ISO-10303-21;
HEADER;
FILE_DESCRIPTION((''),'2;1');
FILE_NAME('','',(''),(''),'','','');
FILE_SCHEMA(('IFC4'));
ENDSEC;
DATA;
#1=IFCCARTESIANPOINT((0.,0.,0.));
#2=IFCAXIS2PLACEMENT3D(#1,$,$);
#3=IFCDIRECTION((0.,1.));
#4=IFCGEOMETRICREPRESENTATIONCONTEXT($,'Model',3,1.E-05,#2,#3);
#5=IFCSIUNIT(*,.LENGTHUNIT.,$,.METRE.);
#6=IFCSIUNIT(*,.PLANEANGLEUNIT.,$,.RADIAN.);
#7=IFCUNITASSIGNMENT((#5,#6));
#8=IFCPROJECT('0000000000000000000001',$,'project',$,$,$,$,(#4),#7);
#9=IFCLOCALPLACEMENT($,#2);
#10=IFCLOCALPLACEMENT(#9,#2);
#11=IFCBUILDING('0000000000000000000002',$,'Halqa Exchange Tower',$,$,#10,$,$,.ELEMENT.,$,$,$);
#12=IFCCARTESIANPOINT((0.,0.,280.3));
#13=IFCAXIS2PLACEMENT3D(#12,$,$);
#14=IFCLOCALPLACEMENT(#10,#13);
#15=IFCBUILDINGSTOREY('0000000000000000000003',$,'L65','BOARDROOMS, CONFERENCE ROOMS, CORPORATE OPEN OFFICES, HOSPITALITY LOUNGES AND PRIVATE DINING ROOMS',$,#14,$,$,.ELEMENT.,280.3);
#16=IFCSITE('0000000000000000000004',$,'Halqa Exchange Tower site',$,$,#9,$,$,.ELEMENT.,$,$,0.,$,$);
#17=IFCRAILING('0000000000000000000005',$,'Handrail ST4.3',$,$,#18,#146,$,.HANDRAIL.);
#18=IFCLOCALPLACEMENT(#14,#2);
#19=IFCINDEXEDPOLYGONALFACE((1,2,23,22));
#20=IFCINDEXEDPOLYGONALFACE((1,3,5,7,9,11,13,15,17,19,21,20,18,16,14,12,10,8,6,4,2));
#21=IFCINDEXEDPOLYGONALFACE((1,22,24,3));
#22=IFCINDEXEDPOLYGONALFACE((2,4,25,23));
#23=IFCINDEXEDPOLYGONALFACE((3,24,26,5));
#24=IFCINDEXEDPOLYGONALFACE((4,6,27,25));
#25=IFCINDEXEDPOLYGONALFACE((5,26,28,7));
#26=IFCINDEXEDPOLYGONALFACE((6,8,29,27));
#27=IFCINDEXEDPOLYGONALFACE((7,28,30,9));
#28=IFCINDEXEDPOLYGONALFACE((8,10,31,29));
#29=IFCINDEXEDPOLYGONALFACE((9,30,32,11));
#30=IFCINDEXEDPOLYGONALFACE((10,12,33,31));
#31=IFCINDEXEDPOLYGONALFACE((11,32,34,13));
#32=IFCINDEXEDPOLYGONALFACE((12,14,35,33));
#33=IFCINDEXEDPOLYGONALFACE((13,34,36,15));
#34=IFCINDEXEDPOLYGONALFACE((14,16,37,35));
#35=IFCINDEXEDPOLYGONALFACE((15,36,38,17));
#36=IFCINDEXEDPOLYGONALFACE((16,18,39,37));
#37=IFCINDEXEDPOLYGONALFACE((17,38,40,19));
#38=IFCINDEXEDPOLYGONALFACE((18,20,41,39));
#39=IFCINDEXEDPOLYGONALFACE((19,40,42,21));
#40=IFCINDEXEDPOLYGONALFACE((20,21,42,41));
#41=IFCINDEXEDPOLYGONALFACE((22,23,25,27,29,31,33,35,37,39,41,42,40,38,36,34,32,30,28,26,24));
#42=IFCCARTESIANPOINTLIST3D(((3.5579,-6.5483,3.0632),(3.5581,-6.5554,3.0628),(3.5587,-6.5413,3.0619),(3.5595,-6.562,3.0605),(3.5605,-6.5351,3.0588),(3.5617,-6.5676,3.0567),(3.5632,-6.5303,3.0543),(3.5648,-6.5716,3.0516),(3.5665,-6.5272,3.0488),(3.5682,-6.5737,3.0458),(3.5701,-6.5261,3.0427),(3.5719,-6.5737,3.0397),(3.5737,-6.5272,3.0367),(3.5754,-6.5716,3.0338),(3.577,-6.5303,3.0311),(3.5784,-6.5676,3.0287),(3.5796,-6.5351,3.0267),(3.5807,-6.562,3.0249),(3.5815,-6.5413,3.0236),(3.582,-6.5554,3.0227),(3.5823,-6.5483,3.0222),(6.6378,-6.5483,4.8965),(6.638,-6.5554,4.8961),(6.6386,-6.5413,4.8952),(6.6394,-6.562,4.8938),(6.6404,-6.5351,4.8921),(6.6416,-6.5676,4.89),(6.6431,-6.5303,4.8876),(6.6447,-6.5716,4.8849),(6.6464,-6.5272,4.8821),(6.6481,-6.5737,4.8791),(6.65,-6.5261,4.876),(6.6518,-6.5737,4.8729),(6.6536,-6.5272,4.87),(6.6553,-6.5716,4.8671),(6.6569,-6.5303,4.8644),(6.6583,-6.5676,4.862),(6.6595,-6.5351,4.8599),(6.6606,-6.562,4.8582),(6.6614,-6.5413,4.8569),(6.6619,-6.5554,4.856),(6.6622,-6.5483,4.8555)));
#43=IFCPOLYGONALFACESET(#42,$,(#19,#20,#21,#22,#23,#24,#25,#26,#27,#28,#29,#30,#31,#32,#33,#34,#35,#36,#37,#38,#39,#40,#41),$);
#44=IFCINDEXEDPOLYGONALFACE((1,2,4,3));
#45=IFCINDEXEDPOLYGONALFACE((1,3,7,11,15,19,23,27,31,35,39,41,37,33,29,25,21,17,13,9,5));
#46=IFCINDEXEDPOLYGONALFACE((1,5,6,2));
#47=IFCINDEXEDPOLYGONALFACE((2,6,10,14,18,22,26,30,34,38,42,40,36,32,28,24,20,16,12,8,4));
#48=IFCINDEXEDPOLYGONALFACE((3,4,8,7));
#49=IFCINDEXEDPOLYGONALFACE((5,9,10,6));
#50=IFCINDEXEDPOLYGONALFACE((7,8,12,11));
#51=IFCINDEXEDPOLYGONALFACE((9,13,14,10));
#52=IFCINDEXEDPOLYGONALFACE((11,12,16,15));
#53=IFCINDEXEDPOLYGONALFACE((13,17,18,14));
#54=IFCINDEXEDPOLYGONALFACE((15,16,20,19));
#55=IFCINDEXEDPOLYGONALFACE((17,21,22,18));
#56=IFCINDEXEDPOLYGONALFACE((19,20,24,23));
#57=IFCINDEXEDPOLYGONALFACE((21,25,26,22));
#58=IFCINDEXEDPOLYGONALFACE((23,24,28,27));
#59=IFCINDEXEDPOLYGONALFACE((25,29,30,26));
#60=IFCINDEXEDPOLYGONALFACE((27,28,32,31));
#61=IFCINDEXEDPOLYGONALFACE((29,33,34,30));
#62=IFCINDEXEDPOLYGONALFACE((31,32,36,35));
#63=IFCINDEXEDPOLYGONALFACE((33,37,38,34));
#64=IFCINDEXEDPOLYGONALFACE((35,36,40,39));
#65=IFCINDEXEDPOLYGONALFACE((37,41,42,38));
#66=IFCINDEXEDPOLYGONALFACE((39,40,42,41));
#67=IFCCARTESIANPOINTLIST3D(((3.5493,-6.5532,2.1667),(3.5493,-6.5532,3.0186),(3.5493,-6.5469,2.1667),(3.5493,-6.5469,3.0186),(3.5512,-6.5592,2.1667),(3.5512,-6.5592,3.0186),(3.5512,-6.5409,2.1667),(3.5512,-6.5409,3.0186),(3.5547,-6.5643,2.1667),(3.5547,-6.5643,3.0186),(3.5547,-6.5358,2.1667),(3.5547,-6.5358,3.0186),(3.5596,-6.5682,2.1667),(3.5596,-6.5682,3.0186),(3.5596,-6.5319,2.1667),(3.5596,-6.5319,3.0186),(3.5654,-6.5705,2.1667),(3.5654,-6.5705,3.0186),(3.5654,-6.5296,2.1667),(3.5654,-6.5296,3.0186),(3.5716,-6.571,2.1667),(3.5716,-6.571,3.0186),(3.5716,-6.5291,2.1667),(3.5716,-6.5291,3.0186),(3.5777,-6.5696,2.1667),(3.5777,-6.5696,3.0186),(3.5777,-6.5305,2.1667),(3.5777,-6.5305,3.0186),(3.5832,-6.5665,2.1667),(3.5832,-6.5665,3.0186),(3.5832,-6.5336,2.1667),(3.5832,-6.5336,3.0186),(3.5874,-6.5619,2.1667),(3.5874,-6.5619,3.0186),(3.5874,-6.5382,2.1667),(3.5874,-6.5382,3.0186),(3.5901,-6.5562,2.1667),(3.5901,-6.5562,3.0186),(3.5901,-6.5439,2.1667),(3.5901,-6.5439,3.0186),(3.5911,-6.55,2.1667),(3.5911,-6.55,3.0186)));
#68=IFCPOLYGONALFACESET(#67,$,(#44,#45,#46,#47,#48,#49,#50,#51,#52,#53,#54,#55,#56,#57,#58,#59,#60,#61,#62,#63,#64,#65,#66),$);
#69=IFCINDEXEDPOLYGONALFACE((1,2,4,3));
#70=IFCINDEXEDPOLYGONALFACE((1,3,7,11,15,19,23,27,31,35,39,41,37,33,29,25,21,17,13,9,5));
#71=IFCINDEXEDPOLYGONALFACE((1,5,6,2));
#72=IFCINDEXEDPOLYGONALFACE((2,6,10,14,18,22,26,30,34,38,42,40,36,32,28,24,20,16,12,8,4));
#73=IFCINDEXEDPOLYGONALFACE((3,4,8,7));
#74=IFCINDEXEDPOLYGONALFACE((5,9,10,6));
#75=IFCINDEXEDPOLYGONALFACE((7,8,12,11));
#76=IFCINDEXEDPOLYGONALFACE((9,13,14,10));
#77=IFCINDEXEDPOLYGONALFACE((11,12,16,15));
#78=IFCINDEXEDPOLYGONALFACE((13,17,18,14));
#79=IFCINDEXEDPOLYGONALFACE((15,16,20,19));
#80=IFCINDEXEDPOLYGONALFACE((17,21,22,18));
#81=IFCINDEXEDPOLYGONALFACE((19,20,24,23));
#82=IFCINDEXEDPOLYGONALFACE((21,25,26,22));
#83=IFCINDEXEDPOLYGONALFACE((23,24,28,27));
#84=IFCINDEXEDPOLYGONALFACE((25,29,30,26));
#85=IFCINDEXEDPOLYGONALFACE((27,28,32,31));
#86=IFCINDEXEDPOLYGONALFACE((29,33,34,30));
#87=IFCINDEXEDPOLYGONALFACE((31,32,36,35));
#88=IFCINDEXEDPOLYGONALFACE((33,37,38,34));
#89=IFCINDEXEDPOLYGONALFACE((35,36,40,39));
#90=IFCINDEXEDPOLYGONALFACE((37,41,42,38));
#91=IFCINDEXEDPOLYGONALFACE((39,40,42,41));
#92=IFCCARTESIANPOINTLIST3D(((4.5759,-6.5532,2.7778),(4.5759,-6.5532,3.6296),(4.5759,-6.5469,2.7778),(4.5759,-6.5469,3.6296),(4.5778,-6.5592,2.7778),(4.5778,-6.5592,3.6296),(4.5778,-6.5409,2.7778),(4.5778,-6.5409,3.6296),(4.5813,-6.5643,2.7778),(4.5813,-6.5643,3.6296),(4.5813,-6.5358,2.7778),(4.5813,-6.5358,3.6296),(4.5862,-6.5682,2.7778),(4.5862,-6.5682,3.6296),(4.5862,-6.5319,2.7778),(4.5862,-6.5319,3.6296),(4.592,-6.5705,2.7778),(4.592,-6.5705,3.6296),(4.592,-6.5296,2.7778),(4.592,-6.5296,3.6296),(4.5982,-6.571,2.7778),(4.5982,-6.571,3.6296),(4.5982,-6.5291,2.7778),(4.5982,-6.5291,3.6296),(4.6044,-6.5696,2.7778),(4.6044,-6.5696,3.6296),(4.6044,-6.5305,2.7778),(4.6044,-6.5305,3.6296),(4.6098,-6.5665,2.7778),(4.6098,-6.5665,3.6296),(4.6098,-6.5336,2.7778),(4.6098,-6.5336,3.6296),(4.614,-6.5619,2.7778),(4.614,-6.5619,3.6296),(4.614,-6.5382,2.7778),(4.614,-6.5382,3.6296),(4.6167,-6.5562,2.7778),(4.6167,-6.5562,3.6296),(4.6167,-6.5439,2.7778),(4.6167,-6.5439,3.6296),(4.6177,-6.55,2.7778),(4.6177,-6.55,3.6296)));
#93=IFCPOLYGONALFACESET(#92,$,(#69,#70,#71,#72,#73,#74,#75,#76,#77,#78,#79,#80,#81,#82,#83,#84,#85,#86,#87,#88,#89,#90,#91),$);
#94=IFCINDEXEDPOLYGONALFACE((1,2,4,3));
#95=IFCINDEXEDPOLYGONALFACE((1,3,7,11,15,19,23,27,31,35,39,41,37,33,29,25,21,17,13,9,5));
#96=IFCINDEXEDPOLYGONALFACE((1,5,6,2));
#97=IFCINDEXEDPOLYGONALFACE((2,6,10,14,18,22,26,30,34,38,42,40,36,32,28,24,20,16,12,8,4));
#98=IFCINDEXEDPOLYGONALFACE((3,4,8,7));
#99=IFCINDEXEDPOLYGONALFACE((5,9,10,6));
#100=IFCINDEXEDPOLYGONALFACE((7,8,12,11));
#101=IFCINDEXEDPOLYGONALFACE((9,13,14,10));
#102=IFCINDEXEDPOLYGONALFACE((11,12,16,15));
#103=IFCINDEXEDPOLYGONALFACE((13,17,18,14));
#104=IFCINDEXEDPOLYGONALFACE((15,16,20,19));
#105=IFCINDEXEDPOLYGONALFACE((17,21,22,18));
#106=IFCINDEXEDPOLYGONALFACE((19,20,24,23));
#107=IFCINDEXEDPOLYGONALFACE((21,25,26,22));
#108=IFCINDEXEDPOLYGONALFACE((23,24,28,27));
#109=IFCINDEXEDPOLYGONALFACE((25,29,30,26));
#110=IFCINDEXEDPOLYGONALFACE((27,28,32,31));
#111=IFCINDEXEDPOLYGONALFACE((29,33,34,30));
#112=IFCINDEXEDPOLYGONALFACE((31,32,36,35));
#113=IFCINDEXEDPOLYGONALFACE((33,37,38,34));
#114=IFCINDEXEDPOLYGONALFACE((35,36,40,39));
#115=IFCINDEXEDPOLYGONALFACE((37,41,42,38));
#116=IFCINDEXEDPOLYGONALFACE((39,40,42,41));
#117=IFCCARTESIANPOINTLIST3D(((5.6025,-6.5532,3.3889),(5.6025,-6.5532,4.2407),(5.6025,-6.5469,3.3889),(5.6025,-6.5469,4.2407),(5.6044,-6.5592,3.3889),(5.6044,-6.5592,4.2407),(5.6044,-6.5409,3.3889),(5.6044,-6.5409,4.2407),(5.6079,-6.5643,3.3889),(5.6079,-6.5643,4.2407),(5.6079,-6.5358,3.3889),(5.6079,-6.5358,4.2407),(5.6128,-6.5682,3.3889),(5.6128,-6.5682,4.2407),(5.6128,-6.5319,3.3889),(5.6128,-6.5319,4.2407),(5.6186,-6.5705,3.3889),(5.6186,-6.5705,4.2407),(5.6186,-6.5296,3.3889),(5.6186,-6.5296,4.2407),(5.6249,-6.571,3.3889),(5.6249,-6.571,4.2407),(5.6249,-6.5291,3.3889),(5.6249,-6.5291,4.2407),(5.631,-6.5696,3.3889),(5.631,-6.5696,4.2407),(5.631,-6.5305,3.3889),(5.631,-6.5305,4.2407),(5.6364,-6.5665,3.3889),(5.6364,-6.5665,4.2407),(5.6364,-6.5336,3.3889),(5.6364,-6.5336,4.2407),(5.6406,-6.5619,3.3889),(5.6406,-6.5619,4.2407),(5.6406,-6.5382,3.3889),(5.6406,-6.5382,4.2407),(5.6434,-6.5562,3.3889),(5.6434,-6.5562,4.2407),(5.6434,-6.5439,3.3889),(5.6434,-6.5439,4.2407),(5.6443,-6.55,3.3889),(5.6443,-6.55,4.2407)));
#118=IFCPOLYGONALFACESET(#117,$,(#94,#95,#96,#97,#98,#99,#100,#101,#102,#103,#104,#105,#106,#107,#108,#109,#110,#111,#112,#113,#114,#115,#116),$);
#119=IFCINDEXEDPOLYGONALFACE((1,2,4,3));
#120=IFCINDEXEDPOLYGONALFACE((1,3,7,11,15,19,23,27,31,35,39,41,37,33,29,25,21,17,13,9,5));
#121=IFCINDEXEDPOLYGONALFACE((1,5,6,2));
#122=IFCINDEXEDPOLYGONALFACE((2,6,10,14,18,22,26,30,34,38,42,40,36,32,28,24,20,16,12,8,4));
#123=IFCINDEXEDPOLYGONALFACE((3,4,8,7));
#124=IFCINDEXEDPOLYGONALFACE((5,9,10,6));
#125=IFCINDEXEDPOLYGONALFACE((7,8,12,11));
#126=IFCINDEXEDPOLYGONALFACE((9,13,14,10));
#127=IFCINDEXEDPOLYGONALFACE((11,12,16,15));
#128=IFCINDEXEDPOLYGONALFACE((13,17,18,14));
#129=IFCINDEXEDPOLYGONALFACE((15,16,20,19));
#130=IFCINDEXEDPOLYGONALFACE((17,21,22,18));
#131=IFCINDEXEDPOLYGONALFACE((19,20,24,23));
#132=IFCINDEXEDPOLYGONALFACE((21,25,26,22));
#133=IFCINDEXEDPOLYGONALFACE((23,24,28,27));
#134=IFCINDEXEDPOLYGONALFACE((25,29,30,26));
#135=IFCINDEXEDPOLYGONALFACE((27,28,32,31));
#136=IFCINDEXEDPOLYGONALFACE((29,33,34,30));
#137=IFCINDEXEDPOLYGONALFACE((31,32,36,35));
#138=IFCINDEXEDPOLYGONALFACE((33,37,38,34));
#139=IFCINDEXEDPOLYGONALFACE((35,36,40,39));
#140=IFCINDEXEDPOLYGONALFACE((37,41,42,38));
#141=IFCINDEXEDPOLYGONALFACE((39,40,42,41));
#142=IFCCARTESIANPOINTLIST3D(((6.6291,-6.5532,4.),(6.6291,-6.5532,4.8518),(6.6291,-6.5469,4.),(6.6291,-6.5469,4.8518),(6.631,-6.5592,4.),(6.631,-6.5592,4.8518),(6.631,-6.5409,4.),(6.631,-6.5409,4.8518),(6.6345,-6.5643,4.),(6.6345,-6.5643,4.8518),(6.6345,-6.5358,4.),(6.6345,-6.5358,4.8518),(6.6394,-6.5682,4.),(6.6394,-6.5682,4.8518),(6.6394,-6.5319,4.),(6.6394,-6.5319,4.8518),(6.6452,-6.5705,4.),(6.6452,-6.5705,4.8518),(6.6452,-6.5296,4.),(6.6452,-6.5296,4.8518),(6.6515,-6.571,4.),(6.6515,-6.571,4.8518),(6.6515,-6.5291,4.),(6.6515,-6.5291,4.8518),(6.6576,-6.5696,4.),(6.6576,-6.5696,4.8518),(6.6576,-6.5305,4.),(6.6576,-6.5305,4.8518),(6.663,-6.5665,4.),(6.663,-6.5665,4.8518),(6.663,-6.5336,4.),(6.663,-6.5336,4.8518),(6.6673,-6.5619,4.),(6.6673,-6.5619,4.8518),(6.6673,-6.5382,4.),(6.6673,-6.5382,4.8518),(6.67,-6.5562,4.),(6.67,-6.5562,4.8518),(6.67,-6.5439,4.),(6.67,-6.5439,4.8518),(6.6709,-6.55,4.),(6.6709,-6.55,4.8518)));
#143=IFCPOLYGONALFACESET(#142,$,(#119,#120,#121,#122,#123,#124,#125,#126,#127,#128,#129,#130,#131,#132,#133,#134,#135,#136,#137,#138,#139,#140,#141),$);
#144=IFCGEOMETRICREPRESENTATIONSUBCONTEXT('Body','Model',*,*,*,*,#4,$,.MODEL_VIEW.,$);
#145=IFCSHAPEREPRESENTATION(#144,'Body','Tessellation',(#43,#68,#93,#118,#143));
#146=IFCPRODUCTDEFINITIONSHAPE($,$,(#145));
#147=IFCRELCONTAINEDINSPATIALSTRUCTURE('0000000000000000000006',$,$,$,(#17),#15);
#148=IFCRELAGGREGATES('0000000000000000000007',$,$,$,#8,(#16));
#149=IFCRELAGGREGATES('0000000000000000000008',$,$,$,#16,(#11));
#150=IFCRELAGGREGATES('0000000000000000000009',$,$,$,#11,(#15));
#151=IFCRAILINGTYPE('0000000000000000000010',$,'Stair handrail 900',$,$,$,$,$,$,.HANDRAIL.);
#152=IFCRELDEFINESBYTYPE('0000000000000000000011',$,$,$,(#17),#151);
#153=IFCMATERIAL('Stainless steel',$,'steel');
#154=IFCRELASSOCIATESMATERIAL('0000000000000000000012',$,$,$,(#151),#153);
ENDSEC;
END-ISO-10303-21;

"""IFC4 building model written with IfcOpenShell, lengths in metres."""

from ifc_helpers import new_model, si_unit, direction, frame, origin, origin_2d, place, context, subcontext, project, spatial, circle, extrude, material, type_object, element, save


model = new_model("IFC4")

# Units and contexts
model_context = context("Model", 3, precision=1e-05, world=origin(), true_north=direction((0.0, 1.0)))
body_context = subcontext(model_context, "Body", "Model", "MODEL_VIEW")
ifc_project = project(units=[si_unit("LENGTHUNIT", "METRE"), si_unit("PLANEANGLEUNIT", "RADIAN")], contexts=[model_context])

# Site, building, storey
site_placement = place(None, origin())
site = spatial("IfcSite", under=ifc_project, at=site_placement, Name="Halqa Exchange Tower site", CompositionType="ELEMENT", RefElevation=0.0)
building_placement = place(site_placement, origin())
building = spatial("IfcBuilding", under=site, at=building_placement, Name="Halqa Exchange Tower", CompositionType="ELEMENT")
storey_placement = place(building_placement, frame((0.0, 0.0, 280.3)))
storey = spatial("IfcBuildingStorey", under=building, at=storey_placement, Name="L65", Description="BOARDROOMS, CONFERENCE ROOMS, CORPORATE OPEN OFFICES, HOSPITALITY LOUNGES AND PRIVATE DINING ROOMS", CompositionType="ELEMENT", Elevation=280.3)

# Railing
ifc_material_1 = material(Name="Stainless steel", Category="steel")
railing_type_1 = type_object("IfcRailingType", Name="Stair handrail 900", PredefinedType="HANDRAIL", material=ifc_material_1)
railing_1_placement = place(storey_placement, frame((3.5701, -6.55, 2.1667)))
element("IfcRailing", 1, at=railing_1_placement, inside=storey, type_object=railing_type_1, Name="Handrail ST4.3", PredefinedType="HANDRAIL", context=body_context, shape_type="SweptSolid", body=[
    extrude(circle(Radius=0.0239, at=origin_2d()), frame((0.0, 0.0, 0.876), z_axis=(0.859291, 0.0, 0.511487), x_axis=(0.0, 1.0, 0.0)), (0.0, 0.0, 1.0), 3.5842),
    extrude(circle(Radius=0.021, at=origin_2d()), origin(), (0.0, 0.0, 1.0), 0.8518),
    extrude(circle(Radius=0.021, at=origin_2d()), frame((1.0266, 0.0, 0.6111)), (0.0, 0.0, 1.0), 0.8518),
    extrude(circle(Radius=0.021, at=origin_2d()), frame((2.0532, 0.0, 1.2222)), (0.0, 0.0, 1.0), 0.8518),
    extrude(circle(Radius=0.021, at=origin_2d()), frame((3.0798, 0.0, 1.8333)), (0.0, 0.0, 1.0), 0.8518),
])

save(model, "model.ifc")
